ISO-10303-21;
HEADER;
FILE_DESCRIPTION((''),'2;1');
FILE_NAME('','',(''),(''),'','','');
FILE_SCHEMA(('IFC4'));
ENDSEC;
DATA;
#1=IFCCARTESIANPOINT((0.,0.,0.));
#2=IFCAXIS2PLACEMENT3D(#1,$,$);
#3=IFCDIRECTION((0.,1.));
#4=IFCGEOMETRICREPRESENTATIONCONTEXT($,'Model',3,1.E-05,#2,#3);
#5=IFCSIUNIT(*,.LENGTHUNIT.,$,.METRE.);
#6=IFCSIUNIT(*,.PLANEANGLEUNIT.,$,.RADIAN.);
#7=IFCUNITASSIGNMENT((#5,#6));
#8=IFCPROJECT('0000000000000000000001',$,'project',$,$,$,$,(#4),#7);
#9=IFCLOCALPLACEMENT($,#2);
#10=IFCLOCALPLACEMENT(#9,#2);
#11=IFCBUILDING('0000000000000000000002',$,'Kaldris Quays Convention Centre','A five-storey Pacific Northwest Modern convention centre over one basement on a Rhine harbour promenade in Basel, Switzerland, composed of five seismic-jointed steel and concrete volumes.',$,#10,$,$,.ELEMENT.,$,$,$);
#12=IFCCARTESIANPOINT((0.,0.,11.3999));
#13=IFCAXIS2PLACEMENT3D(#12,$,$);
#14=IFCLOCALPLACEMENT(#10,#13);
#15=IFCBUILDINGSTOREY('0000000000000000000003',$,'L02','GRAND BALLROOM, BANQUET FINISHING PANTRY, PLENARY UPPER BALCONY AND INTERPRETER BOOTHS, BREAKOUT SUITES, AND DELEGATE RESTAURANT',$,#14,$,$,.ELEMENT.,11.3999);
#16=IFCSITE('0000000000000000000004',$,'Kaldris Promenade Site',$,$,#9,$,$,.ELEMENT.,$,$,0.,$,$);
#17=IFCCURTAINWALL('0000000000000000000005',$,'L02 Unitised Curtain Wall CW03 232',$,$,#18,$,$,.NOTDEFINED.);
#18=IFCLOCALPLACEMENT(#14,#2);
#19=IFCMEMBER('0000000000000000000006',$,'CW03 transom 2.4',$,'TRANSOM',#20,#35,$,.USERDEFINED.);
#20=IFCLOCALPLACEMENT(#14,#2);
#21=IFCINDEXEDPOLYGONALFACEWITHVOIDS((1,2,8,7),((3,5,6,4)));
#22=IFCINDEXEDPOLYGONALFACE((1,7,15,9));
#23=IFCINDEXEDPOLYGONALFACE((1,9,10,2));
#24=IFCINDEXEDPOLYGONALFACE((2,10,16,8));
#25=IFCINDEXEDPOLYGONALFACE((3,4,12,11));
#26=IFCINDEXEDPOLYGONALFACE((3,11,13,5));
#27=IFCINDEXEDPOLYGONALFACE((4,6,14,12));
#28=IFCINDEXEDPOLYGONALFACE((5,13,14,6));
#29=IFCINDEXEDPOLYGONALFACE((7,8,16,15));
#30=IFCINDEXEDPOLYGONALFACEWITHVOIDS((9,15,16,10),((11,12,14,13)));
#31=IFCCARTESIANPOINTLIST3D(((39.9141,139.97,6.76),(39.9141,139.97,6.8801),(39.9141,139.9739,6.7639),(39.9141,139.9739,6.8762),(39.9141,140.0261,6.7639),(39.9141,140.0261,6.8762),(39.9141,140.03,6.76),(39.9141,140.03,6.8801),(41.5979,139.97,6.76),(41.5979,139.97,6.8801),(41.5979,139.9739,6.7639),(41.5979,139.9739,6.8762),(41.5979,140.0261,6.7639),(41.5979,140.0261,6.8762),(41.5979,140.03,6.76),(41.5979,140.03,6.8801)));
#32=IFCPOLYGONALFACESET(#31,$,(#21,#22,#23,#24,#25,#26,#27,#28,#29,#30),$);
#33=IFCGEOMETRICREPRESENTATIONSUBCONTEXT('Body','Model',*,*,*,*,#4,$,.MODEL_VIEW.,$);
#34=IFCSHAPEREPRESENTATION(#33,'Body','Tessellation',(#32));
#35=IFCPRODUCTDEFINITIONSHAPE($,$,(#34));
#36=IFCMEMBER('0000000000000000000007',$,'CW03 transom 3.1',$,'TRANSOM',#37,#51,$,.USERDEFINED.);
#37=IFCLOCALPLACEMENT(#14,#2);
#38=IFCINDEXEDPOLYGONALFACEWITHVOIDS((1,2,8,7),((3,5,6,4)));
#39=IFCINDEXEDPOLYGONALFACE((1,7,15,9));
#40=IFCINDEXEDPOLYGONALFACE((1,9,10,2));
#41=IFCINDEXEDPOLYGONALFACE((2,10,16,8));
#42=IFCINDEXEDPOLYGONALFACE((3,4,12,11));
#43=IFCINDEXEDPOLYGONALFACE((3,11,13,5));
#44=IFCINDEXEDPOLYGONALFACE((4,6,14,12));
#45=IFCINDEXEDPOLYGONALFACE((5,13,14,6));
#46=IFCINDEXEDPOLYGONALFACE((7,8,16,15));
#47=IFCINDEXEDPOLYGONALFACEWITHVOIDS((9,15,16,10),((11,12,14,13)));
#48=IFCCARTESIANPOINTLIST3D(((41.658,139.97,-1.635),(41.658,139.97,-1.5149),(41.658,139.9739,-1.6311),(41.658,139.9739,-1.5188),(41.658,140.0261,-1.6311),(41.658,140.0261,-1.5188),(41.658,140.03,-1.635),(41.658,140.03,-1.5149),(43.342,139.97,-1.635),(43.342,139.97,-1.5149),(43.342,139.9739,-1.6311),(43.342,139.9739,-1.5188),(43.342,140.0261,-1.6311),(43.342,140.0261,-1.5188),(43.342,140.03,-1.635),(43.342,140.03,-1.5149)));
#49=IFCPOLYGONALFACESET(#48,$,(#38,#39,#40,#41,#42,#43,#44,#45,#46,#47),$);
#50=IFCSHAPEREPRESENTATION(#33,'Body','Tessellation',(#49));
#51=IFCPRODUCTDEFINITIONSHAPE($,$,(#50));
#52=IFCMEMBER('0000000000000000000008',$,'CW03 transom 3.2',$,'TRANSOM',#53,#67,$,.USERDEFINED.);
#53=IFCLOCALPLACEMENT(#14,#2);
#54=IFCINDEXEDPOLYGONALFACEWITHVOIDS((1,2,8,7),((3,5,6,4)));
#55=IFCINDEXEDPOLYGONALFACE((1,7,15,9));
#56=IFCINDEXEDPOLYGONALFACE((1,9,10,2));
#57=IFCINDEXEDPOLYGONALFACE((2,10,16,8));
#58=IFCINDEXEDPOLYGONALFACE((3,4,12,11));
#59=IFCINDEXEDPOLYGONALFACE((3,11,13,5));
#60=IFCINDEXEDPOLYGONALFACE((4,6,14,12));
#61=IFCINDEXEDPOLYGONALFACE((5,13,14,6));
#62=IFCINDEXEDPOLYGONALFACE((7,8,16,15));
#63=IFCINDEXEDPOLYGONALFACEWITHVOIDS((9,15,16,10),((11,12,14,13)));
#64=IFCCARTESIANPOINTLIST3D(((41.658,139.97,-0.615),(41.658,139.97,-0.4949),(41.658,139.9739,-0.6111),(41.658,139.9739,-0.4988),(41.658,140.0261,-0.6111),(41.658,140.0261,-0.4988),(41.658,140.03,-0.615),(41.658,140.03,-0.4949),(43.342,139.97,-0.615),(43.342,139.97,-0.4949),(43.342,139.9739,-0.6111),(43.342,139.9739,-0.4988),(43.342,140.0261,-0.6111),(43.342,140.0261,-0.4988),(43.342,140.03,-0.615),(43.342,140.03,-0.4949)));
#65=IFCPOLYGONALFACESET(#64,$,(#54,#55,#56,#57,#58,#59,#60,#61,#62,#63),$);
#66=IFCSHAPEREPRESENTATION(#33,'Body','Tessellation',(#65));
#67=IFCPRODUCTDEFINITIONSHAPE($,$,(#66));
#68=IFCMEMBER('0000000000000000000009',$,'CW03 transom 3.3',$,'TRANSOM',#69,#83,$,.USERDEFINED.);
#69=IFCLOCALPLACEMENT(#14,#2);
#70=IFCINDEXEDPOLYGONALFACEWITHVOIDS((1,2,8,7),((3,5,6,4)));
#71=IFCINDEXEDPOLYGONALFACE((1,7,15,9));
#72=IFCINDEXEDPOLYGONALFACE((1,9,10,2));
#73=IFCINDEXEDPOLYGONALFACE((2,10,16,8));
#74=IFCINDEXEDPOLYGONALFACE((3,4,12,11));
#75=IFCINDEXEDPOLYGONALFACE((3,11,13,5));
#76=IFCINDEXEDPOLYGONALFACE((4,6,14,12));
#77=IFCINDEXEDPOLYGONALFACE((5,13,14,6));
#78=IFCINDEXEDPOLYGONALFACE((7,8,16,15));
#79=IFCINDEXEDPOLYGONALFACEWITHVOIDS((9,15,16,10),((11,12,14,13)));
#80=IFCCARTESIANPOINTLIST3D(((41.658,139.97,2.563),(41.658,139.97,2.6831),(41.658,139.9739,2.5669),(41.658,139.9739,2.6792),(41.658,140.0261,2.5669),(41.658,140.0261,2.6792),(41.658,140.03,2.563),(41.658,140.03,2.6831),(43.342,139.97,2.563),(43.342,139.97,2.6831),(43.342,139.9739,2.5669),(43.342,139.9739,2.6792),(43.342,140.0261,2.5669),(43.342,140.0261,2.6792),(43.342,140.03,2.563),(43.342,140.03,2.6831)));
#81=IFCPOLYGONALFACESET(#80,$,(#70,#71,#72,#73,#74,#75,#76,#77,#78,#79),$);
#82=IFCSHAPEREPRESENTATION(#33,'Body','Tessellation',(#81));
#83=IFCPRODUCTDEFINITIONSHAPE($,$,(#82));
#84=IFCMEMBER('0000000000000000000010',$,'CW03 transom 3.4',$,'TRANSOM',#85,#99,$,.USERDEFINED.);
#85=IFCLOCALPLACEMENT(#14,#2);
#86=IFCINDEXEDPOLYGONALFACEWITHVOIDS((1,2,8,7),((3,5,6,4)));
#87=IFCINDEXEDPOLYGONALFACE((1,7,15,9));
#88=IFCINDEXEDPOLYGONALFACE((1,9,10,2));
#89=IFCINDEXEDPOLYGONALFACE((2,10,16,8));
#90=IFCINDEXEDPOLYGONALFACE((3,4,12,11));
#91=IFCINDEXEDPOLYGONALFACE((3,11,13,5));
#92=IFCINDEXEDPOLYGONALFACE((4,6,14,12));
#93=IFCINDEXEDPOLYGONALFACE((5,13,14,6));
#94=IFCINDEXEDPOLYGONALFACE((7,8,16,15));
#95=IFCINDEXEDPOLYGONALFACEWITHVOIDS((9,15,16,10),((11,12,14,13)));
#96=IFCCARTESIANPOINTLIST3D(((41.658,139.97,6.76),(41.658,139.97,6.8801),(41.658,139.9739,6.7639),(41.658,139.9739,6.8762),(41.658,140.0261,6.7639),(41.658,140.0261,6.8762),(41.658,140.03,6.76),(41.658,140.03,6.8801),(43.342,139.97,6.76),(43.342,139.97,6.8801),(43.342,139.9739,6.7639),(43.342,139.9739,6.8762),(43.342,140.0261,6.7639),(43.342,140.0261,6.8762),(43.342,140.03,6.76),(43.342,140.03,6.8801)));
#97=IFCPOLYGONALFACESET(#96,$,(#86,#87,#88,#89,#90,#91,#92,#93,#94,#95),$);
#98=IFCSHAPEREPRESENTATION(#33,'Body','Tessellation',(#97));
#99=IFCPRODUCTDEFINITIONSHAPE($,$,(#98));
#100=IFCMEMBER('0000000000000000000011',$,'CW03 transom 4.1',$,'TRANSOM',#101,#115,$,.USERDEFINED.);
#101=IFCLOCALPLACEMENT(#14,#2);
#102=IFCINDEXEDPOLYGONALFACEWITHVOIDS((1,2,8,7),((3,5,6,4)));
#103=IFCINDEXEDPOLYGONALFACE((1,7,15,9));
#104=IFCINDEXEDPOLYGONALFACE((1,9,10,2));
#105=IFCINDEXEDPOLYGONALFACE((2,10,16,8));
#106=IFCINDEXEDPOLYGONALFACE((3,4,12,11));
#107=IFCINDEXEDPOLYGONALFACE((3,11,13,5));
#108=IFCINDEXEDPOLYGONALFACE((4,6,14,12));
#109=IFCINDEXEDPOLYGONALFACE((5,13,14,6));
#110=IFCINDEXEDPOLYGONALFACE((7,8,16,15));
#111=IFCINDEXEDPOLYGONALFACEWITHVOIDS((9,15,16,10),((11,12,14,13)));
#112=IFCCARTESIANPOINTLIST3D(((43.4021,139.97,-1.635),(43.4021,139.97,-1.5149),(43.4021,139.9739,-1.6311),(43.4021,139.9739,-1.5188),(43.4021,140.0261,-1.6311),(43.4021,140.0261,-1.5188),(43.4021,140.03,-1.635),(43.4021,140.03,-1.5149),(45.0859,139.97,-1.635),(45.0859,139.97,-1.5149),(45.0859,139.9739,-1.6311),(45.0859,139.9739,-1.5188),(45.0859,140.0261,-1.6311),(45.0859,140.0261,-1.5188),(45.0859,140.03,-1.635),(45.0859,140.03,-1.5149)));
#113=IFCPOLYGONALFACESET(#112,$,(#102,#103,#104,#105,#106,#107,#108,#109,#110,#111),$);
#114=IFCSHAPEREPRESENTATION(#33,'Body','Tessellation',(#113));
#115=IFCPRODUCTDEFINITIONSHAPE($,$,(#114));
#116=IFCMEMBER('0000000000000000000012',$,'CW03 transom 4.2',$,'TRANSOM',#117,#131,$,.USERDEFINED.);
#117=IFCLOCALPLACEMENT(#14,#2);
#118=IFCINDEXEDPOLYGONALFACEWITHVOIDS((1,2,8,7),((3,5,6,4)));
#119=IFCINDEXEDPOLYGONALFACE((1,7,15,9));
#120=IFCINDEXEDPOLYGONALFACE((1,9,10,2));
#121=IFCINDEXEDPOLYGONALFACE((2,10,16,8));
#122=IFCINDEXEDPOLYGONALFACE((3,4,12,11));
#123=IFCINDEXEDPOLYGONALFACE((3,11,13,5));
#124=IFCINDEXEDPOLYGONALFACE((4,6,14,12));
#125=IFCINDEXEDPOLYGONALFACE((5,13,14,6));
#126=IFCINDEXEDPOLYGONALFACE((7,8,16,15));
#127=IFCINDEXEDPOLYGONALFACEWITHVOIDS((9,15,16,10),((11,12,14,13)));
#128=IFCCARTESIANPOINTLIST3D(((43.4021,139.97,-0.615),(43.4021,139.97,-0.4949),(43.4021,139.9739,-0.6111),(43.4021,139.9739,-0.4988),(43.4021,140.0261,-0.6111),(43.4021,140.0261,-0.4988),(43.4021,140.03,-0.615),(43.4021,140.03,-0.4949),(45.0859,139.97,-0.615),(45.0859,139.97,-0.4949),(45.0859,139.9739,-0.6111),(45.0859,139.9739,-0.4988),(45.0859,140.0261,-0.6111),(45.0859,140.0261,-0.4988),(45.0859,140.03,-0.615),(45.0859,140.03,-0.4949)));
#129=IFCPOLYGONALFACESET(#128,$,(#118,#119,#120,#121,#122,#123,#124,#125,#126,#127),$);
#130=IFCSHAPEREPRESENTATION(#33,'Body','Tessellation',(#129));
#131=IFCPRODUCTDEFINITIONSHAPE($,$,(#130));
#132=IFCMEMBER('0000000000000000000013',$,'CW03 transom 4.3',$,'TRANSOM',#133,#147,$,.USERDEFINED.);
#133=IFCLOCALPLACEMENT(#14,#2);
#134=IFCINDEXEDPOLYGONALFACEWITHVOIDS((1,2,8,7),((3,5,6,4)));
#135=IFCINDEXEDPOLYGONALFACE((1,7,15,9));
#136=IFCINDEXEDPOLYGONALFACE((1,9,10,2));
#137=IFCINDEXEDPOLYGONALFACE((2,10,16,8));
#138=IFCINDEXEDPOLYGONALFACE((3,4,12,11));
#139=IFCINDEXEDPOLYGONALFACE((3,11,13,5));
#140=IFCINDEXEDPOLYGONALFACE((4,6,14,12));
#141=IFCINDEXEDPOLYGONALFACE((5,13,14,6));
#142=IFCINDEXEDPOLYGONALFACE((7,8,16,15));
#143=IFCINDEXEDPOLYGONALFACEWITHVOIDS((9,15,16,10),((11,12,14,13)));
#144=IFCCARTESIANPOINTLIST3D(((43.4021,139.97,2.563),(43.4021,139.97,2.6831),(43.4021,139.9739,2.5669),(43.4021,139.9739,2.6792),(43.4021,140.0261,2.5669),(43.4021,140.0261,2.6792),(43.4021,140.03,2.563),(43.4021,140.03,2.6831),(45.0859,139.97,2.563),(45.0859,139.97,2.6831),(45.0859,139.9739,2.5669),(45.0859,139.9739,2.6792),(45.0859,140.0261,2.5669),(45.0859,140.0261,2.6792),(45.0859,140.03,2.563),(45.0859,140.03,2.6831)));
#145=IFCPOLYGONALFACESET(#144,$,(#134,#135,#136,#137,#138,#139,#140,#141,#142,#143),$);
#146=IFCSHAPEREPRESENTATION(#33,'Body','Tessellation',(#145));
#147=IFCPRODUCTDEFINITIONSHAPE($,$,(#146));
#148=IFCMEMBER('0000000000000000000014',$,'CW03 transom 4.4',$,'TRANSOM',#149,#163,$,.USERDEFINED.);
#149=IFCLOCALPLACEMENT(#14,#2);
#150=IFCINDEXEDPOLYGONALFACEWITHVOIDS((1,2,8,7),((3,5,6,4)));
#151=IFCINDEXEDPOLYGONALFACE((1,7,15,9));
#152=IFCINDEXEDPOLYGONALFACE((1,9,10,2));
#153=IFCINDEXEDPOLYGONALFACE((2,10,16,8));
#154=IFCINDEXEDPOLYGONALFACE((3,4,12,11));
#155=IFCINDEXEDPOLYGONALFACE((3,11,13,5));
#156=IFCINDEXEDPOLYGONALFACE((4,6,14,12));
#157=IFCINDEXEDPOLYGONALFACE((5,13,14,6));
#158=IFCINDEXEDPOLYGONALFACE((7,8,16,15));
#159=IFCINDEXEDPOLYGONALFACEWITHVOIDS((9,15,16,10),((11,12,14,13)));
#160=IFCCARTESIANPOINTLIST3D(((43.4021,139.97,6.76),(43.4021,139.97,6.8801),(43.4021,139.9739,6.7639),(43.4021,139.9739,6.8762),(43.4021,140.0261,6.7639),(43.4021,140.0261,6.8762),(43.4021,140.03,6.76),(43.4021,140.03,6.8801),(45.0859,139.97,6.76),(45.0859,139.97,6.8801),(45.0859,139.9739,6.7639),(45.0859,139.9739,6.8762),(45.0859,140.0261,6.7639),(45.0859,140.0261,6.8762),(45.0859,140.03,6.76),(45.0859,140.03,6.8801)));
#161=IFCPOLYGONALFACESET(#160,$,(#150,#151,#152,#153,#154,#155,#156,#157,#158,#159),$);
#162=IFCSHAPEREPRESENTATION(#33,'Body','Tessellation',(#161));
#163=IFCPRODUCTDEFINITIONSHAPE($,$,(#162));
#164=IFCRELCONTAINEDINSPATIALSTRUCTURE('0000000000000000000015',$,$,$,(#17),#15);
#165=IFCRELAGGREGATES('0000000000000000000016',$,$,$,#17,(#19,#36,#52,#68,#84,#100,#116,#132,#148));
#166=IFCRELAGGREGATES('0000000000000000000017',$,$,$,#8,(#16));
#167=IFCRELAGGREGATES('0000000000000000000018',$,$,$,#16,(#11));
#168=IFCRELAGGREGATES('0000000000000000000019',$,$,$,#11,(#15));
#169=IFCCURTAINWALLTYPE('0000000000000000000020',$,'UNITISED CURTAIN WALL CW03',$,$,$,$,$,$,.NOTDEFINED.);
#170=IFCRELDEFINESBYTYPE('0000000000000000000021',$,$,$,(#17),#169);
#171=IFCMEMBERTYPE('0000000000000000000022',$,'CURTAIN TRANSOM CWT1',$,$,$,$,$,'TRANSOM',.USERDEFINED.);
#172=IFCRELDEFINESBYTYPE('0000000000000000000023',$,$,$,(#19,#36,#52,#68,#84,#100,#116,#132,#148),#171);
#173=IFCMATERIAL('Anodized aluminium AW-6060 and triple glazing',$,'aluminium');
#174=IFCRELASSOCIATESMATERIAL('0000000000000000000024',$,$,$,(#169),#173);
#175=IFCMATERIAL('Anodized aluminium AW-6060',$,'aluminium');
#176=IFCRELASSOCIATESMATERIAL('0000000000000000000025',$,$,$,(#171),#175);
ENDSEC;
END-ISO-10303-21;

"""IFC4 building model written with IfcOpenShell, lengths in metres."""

from ifc_helpers import new_model, si_unit, direction, frame, origin, origin_2d, place, context, subcontext, project, spatial, hollow_rectangle, extrude, material, material_profile, profile_set, type_object, element, aggregate, save


model = new_model("IFC4")

# Units and contexts
model_context = context("Model", 3, precision=1e-05, world=origin(), true_north=direction((0.0, 1.0)))
body_context = subcontext(model_context, "Body", "Model", "MODEL_VIEW")
ifc_project = project(units=[si_unit("LENGTHUNIT", "METRE"), si_unit("PLANEANGLEUNIT", "RADIAN")], contexts=[model_context])

# Site, building, storey
site_placement = place(None, origin())
site = spatial("IfcSite", under=ifc_project, at=site_placement, Name="Kaldris Promenade Site", CompositionType="ELEMENT", RefElevation=0.0)
building_placement = place(site_placement, origin())
building = spatial("IfcBuilding", under=site, at=building_placement, Name="Kaldris Quays Convention Centre", Description="A five-storey Pacific Northwest Modern convention centre over one basement on a Rhine harbour promenade in Basel, Switzerland, composed of five seismic-jointed steel and concrete volumes.", CompositionType="ELEMENT")
storey_placement = place(building_placement, frame((0.0, 0.0, 11.3999)))
storey = spatial("IfcBuildingStorey", under=building, at=storey_placement, Name="L02", Description="GRAND BALLROOM, BANQUET FINISHING PANTRY, PLENARY UPPER BALCONY AND INTERPRETER BOOTHS, BREAKOUT SUITES, AND DELEGATE RESTAURANT", CompositionType="ELEMENT", Elevation=11.3999)

# Curtain wall, members
ifc_material_1 = material(Name="Anodized aluminium AW-6060 and triple glazing", Category="aluminium")
curtain_wall_type = type_object("IfcCurtainWallType", Name="UNITISED CURTAIN WALL CW03", PredefinedType="NOTDEFINED", material=ifc_material_1)
curtain_wall_placement = place(storey_placement, origin())
curtain_wall = element("IfcCurtainWall", 1, at=curtain_wall_placement, inside=storey, type_object=curtain_wall_type, Name="L02 Unitised Curtain Wall CW03 232", PredefinedType="NOTDEFINED")
ifc_material_2 = material(Name="Anodized aluminium AW-6060", Category="aluminium")
ifc_material_profile_1 = material_profile(ifc_material_2, hollow_rectangle(XDim=0.0601, YDim=0.1201, WallThickness=0.0039, at=origin_2d()), Name="RHS 120x60x4")
ifc_profile_set_1 = profile_set([ifc_material_profile_1], Name="Anodized aluminium AW-6060")
member_type_1 = type_object("IfcMemberType", Name="CURTAIN TRANSOM CWT1", ElementType="TRANSOM", PredefinedType="USERDEFINED", material=ifc_profile_set_1)
member_1_placement = place(storey_placement, frame((39.9141, 140.0, 6.8201), z_axis=(1.0, 0.0, 0.0), x_axis=(0.0, 1.0, 0.0)))
member_1 = element("IfcMember", 2, at=member_1_placement, type_object=member_type_1, Name="CW03 transom 2.4", ObjectType="TRANSOM", PredefinedType="USERDEFINED", context=body_context, shape_type="SweptSolid", body=[
    extrude(hollow_rectangle(XDim=0.0601, YDim=0.1201, WallThickness=0.0039, at=origin_2d()), origin(), (0.0, 0.0, 1.0), 1.6838),
])
member_2_placement = place(storey_placement, frame((41.658, 140.0, -1.575), z_axis=(1.0, 0.0, 0.0), x_axis=(0.0, 1.0, 0.0)))
member_2 = element("IfcMember", 3, at=member_2_placement, type_object=member_type_1, Name="CW03 transom 3.1", ObjectType="TRANSOM", PredefinedType="USERDEFINED", context=body_context, shape_type="SweptSolid", body=[
    extrude(hollow_rectangle(XDim=0.0601, YDim=0.1201, WallThickness=0.0039, at=origin_2d()), origin(), (0.0, 0.0, 1.0), 1.6841),
])
member_3_placement = place(storey_placement, frame((41.658, 140.0, -0.5549), z_axis=(1.0, 0.0, 0.0), x_axis=(0.0, 1.0, 0.0)))
member_3 = element("IfcMember", 4, at=member_3_placement, type_object=member_type_1, Name="CW03 transom 3.2", ObjectType="TRANSOM", PredefinedType="USERDEFINED", context=body_context, shape_type="SweptSolid", body=[
    extrude(hollow_rectangle(XDim=0.0601, YDim=0.1201, WallThickness=0.0039, at=origin_2d()), origin(), (0.0, 0.0, 1.0), 1.6841),
])
member_4_placement = place(storey_placement, frame((41.658, 140.0, 2.623), z_axis=(1.0, 0.0, 0.0), x_axis=(0.0, 1.0, 0.0)))
member_4 = element("IfcMember", 5, at=member_4_placement, type_object=member_type_1, Name="CW03 transom 3.3", ObjectType="TRANSOM", PredefinedType="USERDEFINED", context=body_context, shape_type="SweptSolid", body=[
    extrude(hollow_rectangle(XDim=0.0601, YDim=0.1201, WallThickness=0.0039, at=origin_2d()), origin(), (0.0, 0.0, 1.0), 1.6841),
])
member_5_placement = place(storey_placement, frame((41.658, 140.0, 6.8201), z_axis=(1.0, 0.0, 0.0), x_axis=(0.0, 1.0, 0.0)))
member_5 = element("IfcMember", 6, at=member_5_placement, type_object=member_type_1, Name="CW03 transom 3.4", ObjectType="TRANSOM", PredefinedType="USERDEFINED", context=body_context, shape_type="SweptSolid", body=[
    extrude(hollow_rectangle(XDim=0.0601, YDim=0.1201, WallThickness=0.0039, at=origin_2d()), origin(), (0.0, 0.0, 1.0), 1.6841),
])
member_6_placement = place(storey_placement, frame((43.4021, 140.0, -1.575), z_axis=(1.0, 0.0, 0.0), x_axis=(0.0, 1.0, 0.0)))
member_6 = element("IfcMember", 7, at=member_6_placement, type_object=member_type_1, Name="CW03 transom 4.1", ObjectType="TRANSOM", PredefinedType="USERDEFINED", context=body_context, shape_type="SweptSolid", body=[
    extrude(hollow_rectangle(XDim=0.0601, YDim=0.1201, WallThickness=0.0039, at=origin_2d()), origin(), (0.0, 0.0, 1.0), 1.6838),
])
member_7_placement = place(storey_placement, frame((43.4021, 140.0, -0.5549), z_axis=(1.0, 0.0, 0.0), x_axis=(0.0, 1.0, 0.0)))
member_7 = element("IfcMember", 8, at=member_7_placement, type_object=member_type_1, Name="CW03 transom 4.2", ObjectType="TRANSOM", PredefinedType="USERDEFINED", context=body_context, shape_type="SweptSolid", body=[
    extrude(hollow_rectangle(XDim=0.0601, YDim=0.1201, WallThickness=0.0039, at=origin_2d()), origin(), (0.0, 0.0, 1.0), 1.6838),
])
member_8_placement = place(storey_placement, frame((43.4021, 140.0, 2.623), z_axis=(1.0, 0.0, 0.0), x_axis=(0.0, 1.0, 0.0)))
member_8 = element("IfcMember", 9, at=member_8_placement, type_object=member_type_1, Name="CW03 transom 4.3", ObjectType="TRANSOM", PredefinedType="USERDEFINED", context=body_context, shape_type="SweptSolid", body=[
    extrude(hollow_rectangle(XDim=0.0601, YDim=0.1201, WallThickness=0.0039, at=origin_2d()), origin(), (0.0, 0.0, 1.0), 1.6838),
])
member_9_placement = place(storey_placement, frame((43.4021, 140.0, 6.8201), z_axis=(1.0, 0.0, 0.0), x_axis=(0.0, 1.0, 0.0)))
member_9 = element("IfcMember", 10, at=member_9_placement, type_object=member_type_1, Name="CW03 transom 4.4", ObjectType="TRANSOM", PredefinedType="USERDEFINED", context=body_context, shape_type="SweptSolid", body=[
    extrude(hollow_rectangle(XDim=0.0601, YDim=0.1201, WallThickness=0.0039, at=origin_2d()), origin(), (0.0, 0.0, 1.0), 1.6838),
])

aggregate(curtain_wall, [member_1, member_2, member_3, member_4, member_5, member_6, member_7, member_8, member_9])

save(model, "model.ifc")
